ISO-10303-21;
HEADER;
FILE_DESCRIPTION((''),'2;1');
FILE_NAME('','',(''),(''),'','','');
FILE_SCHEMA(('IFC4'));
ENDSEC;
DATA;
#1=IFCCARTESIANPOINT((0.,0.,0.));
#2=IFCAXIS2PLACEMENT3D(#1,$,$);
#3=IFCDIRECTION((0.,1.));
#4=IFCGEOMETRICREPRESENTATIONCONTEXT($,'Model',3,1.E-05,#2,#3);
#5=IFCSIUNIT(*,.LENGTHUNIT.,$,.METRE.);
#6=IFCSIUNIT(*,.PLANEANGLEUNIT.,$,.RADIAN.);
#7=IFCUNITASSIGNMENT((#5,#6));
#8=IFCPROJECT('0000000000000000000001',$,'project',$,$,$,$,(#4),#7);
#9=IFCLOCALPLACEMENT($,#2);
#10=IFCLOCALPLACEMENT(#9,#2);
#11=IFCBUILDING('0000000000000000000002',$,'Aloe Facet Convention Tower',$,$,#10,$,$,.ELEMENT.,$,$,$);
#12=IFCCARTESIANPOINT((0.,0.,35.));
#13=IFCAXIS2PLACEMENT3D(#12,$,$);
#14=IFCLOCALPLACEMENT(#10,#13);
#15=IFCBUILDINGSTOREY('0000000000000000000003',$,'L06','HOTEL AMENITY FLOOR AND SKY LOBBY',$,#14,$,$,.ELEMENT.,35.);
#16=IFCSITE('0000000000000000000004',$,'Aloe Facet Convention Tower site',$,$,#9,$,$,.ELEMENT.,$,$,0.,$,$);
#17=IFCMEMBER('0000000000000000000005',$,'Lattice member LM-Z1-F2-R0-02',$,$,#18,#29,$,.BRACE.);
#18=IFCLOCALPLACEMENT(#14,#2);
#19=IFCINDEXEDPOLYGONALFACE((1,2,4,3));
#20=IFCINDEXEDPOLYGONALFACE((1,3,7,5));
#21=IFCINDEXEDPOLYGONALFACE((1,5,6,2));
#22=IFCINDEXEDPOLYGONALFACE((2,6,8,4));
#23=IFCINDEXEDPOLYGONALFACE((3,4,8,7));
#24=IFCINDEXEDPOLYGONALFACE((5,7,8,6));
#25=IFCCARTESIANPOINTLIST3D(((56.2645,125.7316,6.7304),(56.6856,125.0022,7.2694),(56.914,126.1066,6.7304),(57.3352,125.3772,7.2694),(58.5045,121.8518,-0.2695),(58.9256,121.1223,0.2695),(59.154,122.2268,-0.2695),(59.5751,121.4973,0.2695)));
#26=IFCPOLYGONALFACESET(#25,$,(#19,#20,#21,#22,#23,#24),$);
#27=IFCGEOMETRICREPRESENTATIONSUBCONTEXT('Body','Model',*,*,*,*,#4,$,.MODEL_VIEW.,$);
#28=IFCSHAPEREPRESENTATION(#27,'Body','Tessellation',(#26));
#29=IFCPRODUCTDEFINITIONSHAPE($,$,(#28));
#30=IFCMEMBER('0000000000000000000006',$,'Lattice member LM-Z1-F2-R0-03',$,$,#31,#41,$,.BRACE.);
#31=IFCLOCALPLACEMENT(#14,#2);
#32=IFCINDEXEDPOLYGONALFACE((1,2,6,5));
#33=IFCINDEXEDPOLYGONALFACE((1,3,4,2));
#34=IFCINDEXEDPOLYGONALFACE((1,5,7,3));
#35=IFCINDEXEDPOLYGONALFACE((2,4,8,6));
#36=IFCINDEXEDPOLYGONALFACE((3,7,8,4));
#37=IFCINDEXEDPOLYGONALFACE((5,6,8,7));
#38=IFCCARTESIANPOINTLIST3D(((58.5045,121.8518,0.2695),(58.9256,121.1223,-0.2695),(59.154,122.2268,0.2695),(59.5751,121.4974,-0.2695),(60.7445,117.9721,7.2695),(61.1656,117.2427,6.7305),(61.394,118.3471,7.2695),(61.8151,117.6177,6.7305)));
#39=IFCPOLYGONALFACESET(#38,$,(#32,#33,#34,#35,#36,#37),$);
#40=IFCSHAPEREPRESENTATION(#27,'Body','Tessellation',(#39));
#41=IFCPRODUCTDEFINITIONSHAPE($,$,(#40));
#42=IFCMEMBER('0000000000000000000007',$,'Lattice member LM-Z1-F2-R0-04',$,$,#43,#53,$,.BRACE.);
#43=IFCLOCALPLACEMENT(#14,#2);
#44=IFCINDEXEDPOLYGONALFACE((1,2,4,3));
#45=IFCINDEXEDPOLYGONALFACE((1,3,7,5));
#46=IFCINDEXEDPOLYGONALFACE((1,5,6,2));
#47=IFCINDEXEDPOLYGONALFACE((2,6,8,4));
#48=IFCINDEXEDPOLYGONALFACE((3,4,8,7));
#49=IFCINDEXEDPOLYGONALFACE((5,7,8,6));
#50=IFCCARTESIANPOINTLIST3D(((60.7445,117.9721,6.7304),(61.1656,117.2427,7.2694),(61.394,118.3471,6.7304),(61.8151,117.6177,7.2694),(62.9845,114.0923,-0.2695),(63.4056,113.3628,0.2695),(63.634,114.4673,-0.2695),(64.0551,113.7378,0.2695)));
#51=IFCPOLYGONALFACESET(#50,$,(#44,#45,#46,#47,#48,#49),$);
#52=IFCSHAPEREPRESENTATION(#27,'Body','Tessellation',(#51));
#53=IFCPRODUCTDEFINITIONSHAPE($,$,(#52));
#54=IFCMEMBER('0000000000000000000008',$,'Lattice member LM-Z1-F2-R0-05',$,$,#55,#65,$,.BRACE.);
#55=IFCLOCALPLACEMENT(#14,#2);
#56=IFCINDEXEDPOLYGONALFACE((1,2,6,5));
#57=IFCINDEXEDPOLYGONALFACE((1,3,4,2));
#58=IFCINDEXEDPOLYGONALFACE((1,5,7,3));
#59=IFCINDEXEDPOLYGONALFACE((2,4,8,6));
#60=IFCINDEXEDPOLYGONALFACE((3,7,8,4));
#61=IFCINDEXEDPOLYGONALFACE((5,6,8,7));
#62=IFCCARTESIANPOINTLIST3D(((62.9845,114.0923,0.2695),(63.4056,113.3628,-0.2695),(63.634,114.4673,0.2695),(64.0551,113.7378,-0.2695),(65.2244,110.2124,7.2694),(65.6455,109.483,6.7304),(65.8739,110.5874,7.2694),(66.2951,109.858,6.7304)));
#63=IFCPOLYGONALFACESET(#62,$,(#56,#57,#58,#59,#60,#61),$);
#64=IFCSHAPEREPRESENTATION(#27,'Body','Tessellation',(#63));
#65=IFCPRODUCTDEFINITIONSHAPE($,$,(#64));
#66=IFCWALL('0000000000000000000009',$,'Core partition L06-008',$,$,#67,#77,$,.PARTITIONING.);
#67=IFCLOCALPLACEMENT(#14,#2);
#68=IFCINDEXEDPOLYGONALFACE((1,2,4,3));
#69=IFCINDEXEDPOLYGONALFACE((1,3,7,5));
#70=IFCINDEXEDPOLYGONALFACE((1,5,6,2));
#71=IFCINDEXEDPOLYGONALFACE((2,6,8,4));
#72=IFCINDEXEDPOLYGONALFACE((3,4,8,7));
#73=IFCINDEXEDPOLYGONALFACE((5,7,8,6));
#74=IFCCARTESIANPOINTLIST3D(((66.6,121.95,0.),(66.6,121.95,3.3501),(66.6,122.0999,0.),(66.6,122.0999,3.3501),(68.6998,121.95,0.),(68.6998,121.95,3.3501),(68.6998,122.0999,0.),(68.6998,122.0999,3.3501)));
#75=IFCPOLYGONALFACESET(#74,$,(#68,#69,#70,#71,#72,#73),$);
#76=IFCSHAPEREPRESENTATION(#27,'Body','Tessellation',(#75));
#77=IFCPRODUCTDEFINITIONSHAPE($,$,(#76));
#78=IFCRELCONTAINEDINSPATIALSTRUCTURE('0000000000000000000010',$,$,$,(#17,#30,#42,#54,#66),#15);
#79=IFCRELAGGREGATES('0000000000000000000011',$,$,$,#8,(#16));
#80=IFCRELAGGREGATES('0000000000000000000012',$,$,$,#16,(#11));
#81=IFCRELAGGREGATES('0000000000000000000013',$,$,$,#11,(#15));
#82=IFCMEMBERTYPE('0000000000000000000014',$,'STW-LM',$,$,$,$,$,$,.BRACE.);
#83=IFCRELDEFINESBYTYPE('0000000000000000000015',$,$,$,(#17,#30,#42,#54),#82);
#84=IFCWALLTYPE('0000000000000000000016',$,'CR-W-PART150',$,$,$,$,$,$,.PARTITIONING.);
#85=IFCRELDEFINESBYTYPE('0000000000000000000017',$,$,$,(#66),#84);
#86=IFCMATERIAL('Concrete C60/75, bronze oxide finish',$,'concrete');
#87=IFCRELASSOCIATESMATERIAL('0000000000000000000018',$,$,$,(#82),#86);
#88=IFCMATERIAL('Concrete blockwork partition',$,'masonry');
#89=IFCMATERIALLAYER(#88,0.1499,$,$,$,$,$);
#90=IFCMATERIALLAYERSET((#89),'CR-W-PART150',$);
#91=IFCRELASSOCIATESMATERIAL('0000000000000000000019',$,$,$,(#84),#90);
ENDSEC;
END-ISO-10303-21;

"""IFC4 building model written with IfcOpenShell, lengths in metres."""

from ifc_helpers import new_model, si_unit, direction, frame, frame_2d, origin, origin_2d, place, context, subcontext, project, spatial, rectangle, extrude, material, layer, layer_set, material_profile, profile_set, type_object, element, save


model = new_model("IFC4")

# Units and contexts
model_context = context("Model", 3, precision=1e-05, world=origin(), true_north=direction((0.0, 1.0)))
body_context = subcontext(model_context, "Body", "Model", "MODEL_VIEW")
ifc_project = project(units=[si_unit("LENGTHUNIT", "METRE"), si_unit("PLANEANGLEUNIT", "RADIAN")], contexts=[model_context])

# Site, building, storey
site_placement = place(None, origin())
site = spatial("IfcSite", under=ifc_project, at=site_placement, Name="Aloe Facet Convention Tower site", CompositionType="ELEMENT", RefElevation=0.0)
building_placement = place(site_placement, origin())
building = spatial("IfcBuilding", under=site, at=building_placement, Name="Aloe Facet Convention Tower", CompositionType="ELEMENT")
storey_placement = place(building_placement, frame((0.0, 0.0, 35.0)))
storey = spatial("IfcBuildingStorey", under=building, at=storey_placement, Name="L06", Description="HOTEL AMENITY FLOOR AND SKY LOBBY", CompositionType="ELEMENT", Elevation=35.0)

# Members
ifc_material_1 = material(Name="Concrete C60/75, bronze oxide finish", Category="concrete")
ifc_material_profile_1 = material_profile(ifc_material_1, rectangle(XDim=0.75, YDim=1.0, at=origin_2d()), Name="STW-LM")
ifc_profile_set_1 = profile_set([ifc_material_profile_1], Name="Concrete C60/75, bronze oxide finish")
member_type = type_object("IfcMemberType", Name="STW-LM", PredefinedType="BRACE", material=ifc_profile_set_1)
for number, where, z_axis, x_axis, name in (
    (1, (59.0398, 121.6746, 0.0), (-0.269524, 0.466843, 0.842267), (-0.866031, -0.49999, 0.0), "Lattice member LM-Z1-F2-R0-02"),
    (2, (59.0398, 121.6746, 0.0), (0.269528, -0.46682, 0.842279), (0.866018, 0.500013, 0.0), "Lattice member LM-Z1-F2-R0-03"),
    (3, (63.5198, 113.915, 0.0), (-0.269524, 0.466843, 0.842267), (-0.866031, -0.49999, 0.0), "Lattice member LM-Z1-F2-R0-04"),
    (4, (63.5198, 113.915, 0.0), (0.269524, -0.466843, 0.842267), (0.866031, 0.49999, 0.0), "Lattice member LM-Z1-F2-R0-05"),
):
    element("IfcMember", number, at=place(storey_placement, frame(where, z_axis=z_axis, x_axis=x_axis)), inside=storey, type_object=member_type, Name=name, PredefinedType="BRACE", context=body_context, shape_type="SweptSolid", body=[
        extrude(rectangle(XDim=0.75, YDim=1.0, at=origin_2d()), origin(), (0.0, 0.0, 1.0), 8.3108),
    ])

# Wall
ifc_material_2 = material(Name="Concrete blockwork partition", Category="masonry")
ifc_layer_1 = layer(ifc_material_2, 0.1499)
ifc_layer_set_1 = layer_set([ifc_layer_1], Name="CR-W-PART150")
wall_type_1 = type_object("IfcWallType", Name="CR-W-PART150", PredefinedType="PARTITIONING", material=ifc_layer_set_1)
wall_1_placement = place(storey_placement, frame((66.6001, 122.0249, 0.0), z_axis=(0.0, 0.0, 1.0), x_axis=(1.0, 0.0, 0.0)))
element("IfcWall", 5, at=wall_1_placement, inside=storey, type_object=wall_type_1, Name="Core partition L06-008", PredefinedType="PARTITIONING", context=body_context, shape_type="SweptSolid", body=[
    extrude(rectangle(XDim=2.0999, YDim=0.1499, at=frame_2d((1.0498, 0.0))), origin(), (0.0, 0.0, 1.0), 3.3501),
])

save(model, "model.ifc")
